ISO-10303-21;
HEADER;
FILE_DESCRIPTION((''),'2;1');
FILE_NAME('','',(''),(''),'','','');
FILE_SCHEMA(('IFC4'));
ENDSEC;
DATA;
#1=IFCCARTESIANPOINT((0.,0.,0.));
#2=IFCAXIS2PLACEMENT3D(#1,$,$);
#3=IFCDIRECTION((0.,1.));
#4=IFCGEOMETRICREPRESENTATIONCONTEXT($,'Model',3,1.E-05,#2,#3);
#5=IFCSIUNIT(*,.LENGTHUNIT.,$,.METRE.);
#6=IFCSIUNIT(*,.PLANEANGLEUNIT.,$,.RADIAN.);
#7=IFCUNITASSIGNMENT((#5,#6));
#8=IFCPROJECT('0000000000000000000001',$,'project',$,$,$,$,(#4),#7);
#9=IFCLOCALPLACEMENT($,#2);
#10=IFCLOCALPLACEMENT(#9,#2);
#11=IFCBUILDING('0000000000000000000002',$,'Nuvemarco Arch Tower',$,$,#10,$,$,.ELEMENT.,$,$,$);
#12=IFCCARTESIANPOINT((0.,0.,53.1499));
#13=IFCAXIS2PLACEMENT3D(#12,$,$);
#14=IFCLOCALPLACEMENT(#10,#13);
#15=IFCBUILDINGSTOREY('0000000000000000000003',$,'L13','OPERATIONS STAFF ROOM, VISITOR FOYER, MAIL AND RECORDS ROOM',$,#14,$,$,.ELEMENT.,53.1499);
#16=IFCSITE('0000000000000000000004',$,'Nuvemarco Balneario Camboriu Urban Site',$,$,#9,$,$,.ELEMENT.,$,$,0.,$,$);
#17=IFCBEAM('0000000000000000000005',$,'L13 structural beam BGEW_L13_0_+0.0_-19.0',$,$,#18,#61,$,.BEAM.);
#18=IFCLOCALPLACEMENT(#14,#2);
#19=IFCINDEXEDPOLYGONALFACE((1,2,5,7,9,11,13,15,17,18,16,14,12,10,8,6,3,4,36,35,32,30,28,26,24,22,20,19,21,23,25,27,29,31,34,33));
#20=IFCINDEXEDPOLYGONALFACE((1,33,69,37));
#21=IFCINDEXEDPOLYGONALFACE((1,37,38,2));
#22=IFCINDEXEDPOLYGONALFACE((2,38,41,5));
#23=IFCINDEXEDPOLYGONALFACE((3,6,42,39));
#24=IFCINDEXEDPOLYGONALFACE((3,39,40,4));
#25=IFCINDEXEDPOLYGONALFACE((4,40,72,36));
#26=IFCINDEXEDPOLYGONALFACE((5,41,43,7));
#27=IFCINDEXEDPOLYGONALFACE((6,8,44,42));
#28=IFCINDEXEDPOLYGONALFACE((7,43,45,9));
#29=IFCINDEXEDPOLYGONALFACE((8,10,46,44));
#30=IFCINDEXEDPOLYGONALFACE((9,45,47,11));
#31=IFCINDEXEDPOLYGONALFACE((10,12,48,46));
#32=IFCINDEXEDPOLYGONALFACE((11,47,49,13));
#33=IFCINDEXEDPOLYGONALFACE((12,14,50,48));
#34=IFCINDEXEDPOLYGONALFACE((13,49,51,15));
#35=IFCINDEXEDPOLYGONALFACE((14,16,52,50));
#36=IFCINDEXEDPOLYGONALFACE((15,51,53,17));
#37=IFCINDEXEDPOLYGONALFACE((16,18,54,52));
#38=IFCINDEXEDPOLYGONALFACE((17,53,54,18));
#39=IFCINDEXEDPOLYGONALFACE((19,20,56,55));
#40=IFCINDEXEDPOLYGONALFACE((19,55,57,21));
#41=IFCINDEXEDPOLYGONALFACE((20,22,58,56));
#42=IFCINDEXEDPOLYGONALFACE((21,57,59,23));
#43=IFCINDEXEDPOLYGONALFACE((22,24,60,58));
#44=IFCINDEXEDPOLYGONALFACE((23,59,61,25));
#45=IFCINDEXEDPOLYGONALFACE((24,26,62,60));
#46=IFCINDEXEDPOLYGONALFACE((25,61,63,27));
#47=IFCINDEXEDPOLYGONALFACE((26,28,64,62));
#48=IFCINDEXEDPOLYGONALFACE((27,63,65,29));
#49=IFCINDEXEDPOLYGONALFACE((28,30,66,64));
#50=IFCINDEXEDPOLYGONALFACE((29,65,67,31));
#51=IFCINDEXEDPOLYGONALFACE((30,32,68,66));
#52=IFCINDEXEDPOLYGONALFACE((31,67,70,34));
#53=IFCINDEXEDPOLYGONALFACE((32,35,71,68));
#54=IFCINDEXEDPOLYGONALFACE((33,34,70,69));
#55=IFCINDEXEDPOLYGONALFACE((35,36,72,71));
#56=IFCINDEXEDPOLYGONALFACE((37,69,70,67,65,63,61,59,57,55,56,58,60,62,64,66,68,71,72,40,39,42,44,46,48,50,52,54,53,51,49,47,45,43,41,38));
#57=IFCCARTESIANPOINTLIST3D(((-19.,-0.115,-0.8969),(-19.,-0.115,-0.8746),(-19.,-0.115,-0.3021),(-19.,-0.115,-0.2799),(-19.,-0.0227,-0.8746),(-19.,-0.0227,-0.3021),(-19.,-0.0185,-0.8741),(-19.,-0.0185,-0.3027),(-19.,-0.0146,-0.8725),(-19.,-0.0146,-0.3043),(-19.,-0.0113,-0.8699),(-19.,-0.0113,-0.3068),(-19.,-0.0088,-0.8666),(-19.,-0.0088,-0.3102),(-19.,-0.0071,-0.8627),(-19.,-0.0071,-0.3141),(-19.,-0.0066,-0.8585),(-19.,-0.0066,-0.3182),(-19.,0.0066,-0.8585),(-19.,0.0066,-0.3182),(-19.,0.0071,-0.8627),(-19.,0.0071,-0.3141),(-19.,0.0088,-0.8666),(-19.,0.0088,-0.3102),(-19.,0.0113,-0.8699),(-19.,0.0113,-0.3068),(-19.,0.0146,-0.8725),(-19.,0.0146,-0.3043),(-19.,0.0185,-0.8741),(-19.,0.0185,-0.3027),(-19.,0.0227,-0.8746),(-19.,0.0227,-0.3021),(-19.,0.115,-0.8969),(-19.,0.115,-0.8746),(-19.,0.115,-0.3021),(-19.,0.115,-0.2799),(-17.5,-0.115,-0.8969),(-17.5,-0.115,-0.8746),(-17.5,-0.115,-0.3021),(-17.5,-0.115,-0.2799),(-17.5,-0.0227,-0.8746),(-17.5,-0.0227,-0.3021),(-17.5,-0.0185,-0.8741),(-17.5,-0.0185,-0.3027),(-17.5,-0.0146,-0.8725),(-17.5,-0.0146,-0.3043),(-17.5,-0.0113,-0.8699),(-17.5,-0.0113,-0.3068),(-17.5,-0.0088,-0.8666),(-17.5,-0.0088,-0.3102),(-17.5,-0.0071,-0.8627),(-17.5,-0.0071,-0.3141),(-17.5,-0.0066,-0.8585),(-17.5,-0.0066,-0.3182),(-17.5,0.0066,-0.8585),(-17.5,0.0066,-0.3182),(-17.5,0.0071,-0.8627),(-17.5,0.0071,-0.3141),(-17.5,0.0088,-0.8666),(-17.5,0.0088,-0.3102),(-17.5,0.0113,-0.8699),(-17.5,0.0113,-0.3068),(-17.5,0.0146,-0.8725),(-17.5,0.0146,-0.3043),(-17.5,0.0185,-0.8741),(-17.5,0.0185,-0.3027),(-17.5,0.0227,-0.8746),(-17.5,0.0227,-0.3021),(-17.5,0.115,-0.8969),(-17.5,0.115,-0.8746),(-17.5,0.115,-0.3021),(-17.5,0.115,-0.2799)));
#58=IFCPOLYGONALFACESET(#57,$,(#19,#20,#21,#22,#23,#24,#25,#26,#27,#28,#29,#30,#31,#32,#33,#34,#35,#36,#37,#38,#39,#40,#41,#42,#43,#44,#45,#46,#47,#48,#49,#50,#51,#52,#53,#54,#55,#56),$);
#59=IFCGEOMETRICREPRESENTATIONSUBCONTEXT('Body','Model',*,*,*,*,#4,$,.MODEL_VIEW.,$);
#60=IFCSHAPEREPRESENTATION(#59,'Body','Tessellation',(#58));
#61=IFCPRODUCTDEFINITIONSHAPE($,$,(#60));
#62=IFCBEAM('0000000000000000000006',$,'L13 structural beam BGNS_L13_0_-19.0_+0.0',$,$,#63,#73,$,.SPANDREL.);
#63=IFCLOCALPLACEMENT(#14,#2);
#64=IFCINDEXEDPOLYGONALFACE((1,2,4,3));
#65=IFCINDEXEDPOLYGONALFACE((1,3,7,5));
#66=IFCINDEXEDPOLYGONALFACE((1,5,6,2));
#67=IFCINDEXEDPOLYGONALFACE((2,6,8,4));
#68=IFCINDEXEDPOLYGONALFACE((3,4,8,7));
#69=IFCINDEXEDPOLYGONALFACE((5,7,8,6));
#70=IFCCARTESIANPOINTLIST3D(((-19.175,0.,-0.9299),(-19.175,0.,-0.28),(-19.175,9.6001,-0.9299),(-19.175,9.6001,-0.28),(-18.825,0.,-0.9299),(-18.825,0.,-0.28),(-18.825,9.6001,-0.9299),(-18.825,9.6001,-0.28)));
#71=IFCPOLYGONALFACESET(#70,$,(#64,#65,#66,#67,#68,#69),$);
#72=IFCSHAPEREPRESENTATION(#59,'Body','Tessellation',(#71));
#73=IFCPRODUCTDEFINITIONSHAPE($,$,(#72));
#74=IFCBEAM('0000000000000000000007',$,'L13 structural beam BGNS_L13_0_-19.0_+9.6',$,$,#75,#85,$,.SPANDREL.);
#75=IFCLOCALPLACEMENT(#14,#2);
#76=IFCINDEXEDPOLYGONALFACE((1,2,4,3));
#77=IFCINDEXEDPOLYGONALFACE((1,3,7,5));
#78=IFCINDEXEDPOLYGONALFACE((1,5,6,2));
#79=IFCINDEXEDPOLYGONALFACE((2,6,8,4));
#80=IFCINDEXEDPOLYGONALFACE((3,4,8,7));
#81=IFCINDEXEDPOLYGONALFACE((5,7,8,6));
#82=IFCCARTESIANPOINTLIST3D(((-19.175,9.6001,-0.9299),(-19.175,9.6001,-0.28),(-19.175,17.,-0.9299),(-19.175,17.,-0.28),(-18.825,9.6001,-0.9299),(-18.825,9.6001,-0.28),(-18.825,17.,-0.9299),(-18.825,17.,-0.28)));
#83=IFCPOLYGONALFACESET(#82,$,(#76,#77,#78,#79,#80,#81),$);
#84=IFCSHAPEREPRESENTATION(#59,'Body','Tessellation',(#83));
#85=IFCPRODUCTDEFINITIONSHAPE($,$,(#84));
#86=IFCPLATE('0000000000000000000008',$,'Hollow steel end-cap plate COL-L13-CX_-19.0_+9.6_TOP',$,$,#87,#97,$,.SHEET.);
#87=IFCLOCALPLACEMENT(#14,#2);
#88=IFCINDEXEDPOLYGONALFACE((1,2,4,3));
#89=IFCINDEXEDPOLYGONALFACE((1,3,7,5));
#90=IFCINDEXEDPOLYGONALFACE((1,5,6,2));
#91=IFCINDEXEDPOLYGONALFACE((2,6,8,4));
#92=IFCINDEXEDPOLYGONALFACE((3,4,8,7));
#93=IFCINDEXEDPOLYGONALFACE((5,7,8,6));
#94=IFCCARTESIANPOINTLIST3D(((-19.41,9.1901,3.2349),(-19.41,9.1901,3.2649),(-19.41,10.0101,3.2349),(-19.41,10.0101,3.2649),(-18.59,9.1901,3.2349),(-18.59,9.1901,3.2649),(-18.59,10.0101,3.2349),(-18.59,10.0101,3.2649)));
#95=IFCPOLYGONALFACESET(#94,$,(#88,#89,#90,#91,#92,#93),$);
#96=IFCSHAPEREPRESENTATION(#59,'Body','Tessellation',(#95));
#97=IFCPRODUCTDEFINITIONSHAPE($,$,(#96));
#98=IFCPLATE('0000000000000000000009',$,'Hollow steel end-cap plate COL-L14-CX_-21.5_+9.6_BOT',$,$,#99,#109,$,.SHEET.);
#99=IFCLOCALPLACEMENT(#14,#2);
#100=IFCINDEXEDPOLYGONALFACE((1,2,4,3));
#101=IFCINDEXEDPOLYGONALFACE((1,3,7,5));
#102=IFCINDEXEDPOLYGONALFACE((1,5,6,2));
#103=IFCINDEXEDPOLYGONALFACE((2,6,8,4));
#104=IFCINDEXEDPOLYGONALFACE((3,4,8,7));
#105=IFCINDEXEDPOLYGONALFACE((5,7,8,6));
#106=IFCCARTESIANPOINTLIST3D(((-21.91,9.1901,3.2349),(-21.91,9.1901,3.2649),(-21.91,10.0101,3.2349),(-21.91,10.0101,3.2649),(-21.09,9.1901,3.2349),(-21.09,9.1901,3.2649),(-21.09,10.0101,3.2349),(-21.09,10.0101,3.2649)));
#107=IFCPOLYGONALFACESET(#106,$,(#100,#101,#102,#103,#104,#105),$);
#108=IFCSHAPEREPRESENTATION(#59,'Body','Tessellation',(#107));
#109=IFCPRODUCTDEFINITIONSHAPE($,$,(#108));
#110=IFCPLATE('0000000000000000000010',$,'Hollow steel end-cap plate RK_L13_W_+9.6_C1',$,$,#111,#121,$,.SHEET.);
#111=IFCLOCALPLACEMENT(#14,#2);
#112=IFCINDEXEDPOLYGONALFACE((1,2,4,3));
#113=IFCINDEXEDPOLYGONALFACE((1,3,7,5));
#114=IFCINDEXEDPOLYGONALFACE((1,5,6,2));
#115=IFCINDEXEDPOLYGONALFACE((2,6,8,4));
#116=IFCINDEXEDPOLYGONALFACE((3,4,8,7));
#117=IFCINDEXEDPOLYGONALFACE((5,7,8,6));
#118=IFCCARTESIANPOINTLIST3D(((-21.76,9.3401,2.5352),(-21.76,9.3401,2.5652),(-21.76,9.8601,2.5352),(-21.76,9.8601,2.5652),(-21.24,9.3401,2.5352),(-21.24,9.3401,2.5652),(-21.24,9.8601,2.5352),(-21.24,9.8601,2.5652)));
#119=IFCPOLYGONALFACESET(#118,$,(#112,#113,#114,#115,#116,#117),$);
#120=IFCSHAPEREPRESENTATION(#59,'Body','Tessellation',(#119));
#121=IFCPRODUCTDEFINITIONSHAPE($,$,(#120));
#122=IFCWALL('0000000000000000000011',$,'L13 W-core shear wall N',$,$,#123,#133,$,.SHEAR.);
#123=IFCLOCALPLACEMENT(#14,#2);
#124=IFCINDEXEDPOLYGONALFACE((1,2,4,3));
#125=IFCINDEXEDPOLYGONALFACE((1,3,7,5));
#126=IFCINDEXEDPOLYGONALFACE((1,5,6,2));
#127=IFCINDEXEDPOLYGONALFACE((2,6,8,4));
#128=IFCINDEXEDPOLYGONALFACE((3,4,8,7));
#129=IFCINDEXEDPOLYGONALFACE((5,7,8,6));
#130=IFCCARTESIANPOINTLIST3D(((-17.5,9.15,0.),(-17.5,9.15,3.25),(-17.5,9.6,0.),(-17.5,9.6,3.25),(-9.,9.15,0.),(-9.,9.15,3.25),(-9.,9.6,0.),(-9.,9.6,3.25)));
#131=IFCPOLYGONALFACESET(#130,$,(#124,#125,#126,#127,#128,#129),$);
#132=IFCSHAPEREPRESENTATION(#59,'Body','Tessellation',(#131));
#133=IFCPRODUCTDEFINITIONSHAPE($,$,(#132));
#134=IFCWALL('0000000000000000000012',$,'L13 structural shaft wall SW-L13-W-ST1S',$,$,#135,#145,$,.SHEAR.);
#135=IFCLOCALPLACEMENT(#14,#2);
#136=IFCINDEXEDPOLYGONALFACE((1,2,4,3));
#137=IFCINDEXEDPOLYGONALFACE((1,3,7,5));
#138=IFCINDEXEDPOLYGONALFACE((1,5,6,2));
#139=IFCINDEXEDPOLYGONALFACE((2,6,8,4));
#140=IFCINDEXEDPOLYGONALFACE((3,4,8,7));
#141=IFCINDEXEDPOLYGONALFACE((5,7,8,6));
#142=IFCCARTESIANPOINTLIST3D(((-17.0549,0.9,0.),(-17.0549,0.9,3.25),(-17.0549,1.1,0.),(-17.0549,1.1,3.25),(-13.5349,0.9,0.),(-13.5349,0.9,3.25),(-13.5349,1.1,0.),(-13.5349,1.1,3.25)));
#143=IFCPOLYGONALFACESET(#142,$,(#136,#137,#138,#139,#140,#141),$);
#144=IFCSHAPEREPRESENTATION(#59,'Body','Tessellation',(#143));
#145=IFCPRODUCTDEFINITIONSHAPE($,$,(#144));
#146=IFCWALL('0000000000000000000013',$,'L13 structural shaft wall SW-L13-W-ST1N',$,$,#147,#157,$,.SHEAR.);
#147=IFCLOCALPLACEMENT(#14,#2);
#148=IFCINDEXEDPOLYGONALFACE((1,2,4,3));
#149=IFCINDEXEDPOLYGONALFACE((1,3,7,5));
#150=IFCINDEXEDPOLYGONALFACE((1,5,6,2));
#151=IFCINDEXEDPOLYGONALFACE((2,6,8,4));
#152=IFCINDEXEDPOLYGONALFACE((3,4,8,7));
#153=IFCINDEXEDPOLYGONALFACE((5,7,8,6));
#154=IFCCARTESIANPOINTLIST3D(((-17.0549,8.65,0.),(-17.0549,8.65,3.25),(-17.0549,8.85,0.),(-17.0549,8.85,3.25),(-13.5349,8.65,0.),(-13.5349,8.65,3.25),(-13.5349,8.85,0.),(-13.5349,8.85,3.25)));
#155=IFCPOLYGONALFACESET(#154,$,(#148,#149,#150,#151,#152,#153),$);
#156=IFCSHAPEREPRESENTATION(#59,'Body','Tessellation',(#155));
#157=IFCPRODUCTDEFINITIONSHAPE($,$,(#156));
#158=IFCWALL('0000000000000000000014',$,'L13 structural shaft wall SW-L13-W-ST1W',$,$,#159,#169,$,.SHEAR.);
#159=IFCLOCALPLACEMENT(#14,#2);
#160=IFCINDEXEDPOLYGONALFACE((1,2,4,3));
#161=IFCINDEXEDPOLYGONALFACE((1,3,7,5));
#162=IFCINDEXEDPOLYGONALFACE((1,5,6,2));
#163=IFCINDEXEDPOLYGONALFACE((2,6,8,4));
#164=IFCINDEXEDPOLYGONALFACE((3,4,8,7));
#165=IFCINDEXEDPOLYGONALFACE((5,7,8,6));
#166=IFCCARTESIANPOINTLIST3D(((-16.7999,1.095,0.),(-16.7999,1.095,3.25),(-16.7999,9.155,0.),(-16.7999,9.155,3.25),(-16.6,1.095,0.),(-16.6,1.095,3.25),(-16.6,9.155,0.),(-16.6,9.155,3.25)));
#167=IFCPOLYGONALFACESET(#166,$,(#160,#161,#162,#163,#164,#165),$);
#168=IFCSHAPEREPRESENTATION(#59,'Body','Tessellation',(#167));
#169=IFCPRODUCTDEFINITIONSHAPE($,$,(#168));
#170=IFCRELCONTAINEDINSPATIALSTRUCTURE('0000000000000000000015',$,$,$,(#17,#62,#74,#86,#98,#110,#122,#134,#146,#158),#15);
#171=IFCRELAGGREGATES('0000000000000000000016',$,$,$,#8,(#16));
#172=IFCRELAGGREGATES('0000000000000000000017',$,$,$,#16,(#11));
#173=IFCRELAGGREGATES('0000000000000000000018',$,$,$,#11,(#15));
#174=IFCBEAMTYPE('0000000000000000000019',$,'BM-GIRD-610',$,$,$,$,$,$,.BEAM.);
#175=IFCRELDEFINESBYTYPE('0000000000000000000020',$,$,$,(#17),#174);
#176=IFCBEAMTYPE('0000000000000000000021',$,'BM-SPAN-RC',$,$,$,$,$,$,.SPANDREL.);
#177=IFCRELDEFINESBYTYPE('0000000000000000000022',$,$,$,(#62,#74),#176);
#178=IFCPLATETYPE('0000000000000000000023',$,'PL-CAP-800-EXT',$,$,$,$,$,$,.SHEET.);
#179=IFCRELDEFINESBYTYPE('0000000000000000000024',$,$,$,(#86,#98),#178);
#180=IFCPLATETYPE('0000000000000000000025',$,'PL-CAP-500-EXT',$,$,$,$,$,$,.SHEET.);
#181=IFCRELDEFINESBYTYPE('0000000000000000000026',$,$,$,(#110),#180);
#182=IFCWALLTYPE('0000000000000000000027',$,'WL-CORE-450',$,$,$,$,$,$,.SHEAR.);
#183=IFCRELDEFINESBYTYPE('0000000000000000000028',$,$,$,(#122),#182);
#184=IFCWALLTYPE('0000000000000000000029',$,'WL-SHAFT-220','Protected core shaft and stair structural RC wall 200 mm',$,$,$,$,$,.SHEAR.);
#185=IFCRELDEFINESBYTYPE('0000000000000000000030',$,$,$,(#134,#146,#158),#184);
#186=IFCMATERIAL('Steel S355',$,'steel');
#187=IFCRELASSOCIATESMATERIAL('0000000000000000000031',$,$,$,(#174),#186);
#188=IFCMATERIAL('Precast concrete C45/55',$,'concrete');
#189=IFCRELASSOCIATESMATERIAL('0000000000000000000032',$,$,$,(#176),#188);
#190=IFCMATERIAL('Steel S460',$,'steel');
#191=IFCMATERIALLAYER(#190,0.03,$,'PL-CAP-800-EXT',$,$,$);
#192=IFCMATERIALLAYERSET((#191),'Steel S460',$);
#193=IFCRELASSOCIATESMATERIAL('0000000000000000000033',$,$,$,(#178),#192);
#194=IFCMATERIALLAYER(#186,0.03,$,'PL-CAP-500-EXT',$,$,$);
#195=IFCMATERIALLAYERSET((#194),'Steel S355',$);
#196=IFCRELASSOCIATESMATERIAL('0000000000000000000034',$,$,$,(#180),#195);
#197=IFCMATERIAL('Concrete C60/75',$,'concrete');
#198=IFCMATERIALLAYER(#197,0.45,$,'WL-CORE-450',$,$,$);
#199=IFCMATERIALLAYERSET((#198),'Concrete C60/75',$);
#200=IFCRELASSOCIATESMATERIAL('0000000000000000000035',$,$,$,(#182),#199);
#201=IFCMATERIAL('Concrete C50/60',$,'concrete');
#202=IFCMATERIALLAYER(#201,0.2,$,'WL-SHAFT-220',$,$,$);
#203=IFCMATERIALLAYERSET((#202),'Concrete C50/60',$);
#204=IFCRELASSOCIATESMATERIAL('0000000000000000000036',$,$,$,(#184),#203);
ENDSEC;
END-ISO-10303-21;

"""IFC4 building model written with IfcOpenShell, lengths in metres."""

from ifc_helpers import new_model, si_unit, direction, frame, frame_2d, origin, origin_2d, place, context, subcontext, project, spatial, rectangle, i_section, extrude, source, transform, mapped, material, layer, layer_set, material_profile, profile_set, type_object, type_shapes, element, save


model = new_model("IFC4")

# Units and contexts
model_context = context("Model", 3, precision=1e-05, world=origin(), true_north=direction((0.0, 1.0)))
body_context = subcontext(model_context, "Body", "Model", "MODEL_VIEW")
ifc_project = project(units=[si_unit("LENGTHUNIT", "METRE"), si_unit("PLANEANGLEUNIT", "RADIAN")], contexts=[model_context])

# Site, building, storey
site_placement = place(None, origin())
site = spatial("IfcSite", under=ifc_project, at=site_placement, Name="Nuvemarco Balneario Camboriu Urban Site", CompositionType="ELEMENT", RefElevation=0.0)
building_placement = place(site_placement, origin())
building = spatial("IfcBuilding", under=site, at=building_placement, Name="Nuvemarco Arch Tower", CompositionType="ELEMENT")
storey_placement = place(building_placement, frame((0.0, 0.0, 53.1499)))
storey = spatial("IfcBuildingStorey", under=building, at=storey_placement, Name="L13", Description="OPERATIONS STAFF ROOM, VISITOR FOYER, MAIL AND RECORDS ROOM", CompositionType="ELEMENT", Elevation=53.1499)

# Shared definitions
ifc_material_1 = material(Name="Concrete C60/75", Category="concrete")
ifc_material_2 = material(Name="Steel S460", Category="steel")

# Beams
ifc_material_3 = material(Name="Steel S355", Category="steel")
ifc_material_profile_1 = material_profile(ifc_material_3, i_section(OverallWidth=0.23, OverallDepth=0.6169, WebThickness=0.0132, FlangeThickness=0.0222, FilletRadius=0.0161, at=origin_2d()), Name="W610x140")
ifc_profile_set_1 = profile_set([ifc_material_profile_1], Name="Steel S355")
beam_type_1 = type_object("IfcBeamType", Name="BM-GIRD-610", PredefinedType="BEAM", material=ifc_profile_set_1)
beam_1_placement = place(storey_placement, frame((-19.0, 0.0, -0.5884), z_axis=(1.0, 0.0, 0.0), x_axis=(0.0, 1.0, 0.0)))
element("IfcBeam", 1, at=beam_1_placement, inside=storey, type_object=beam_type_1, Name="L13 structural beam BGEW_L13_0_+0.0_-19.0", PredefinedType="BEAM", context=body_context, shape_type="SweptSolid", body=[
    extrude(i_section(OverallWidth=0.23, OverallDepth=0.6169, WebThickness=0.0132, FlangeThickness=0.0222, FilletRadius=0.0161, at=origin_2d()), origin(), (0.0, 0.0, 1.0), 1.5),
])
ifc_material_4 = material(Name="Precast concrete C45/55", Category="concrete")
ifc_material_profile_2 = material_profile(ifc_material_4, rectangle(XDim=0.3501, YDim=0.6499, at=origin_2d()), Name="PC-SP-350x650")
ifc_profile_set_2 = profile_set([ifc_material_profile_2], Name="Precast concrete C45/55")
beam_type_2 = type_object("IfcBeamType", Name="BM-SPAN-RC", PredefinedType="SPANDREL", material=ifc_profile_set_2)
beam_2_placement = place(storey_placement, frame((-19.0, 0.0, -0.605), z_axis=(0.0, 1.0, 0.0), x_axis=(-1.0, 0.0, 0.0)))
element("IfcBeam", 2, at=beam_2_placement, inside=storey, type_object=beam_type_2, Name="L13 structural beam BGNS_L13_0_-19.0_+0.0", PredefinedType="SPANDREL", context=body_context, shape_type="SweptSolid", body=[
    extrude(rectangle(XDim=0.3501, YDim=0.6499, at=origin_2d()), origin(), (0.0, 0.0, 1.0), 9.6001),
])
beam_3_placement = place(storey_placement, frame((-19.0, 9.6001, -0.605), z_axis=(0.0, 1.0, 0.0), x_axis=(-1.0, 0.0, 0.0)))
element("IfcBeam", 3, at=beam_3_placement, inside=storey, type_object=beam_type_2, Name="L13 structural beam BGNS_L13_0_-19.0_+9.6", PredefinedType="SPANDREL", context=body_context, shape_type="SweptSolid", body=[
    extrude(rectangle(XDim=0.3501, YDim=0.6499, at=origin_2d()), origin(), (0.0, 0.0, 1.0), 7.3999),
])

# Plates
ifc_layer_1 = layer(ifc_material_2, 0.03, Name="PL-CAP-800-EXT")
ifc_layer_set_1 = layer_set([ifc_layer_1], Name="Steel S460")
plate_type_1 = type_object("IfcPlateType", Name="PL-CAP-800-EXT", PredefinedType="SHEET", material=ifc_layer_set_1)
shared_shape_1 = source(origin(), body_context, "Body", "SweptSolid", [
    extrude(rectangle(XDim=0.8201, YDim=0.8201, at=origin_2d()), origin(), (0.0, 0.0, 1.0), 0.03),
])
type_shapes(plate_type_1, [shared_shape_1])
for number, where, z_axis, x_axis, name in (
    (4, (-19.0, 9.6001, 3.2349), (0.0, 0.0, 1.0), (1.0, 0.0, 0.0), "Hollow steel end-cap plate COL-L13-CX_-19.0_+9.6_TOP"),
    (5, (-21.5, 9.6001, 3.2349), (0.0, 0.0, 1.0), (1.0, 0.0, 0.0), "Hollow steel end-cap plate COL-L14-CX_-21.5_+9.6_BOT"),
):
    element("IfcPlate", number, at=place(storey_placement, frame(where, z_axis=z_axis, x_axis=x_axis)), inside=storey, type_object=plate_type_1, Name=name, PredefinedType="SHEET", context=body_context, shape_type="MappedRepresentation", body=[
        mapped(shared_shape_1, transform((0.0, 0.0, 0.0), scale=1.0)),
    ])
ifc_layer_2 = layer(ifc_material_3, 0.03, Name="PL-CAP-500-EXT")
ifc_layer_set_2 = layer_set([ifc_layer_2], Name="Steel S355")
plate_type_2 = type_object("IfcPlateType", Name="PL-CAP-500-EXT", PredefinedType="SHEET", material=ifc_layer_set_2)
shared_shape_2 = source(origin(), body_context, "Body", "SweptSolid", [
    extrude(rectangle(XDim=0.52, YDim=0.52, at=origin_2d()), origin(), (0.0, 0.0, 1.0), 0.03),
])
type_shapes(plate_type_2, [shared_shape_2])
plate_placement = place(storey_placement, frame((-21.5, 9.6001, 2.5352), z_axis=(0.0, 0.0, 1.0), x_axis=(1.0, 0.0, 0.0)))
element("IfcPlate", 6, at=plate_placement, inside=storey, type_object=plate_type_2, Name="Hollow steel end-cap plate RK_L13_W_+9.6_C1", PredefinedType="SHEET", context=body_context, shape_type="MappedRepresentation", body=[
    mapped(shared_shape_2, transform((0.0, 0.0, 0.0), scale=1.0)),
])

# Walls
ifc_layer_3 = layer(ifc_material_1, 0.45, Name="WL-CORE-450")
ifc_layer_set_3 = layer_set([ifc_layer_3], Name="Concrete C60/75")
wall_type_1 = type_object("IfcWallType", Name="WL-CORE-450", PredefinedType="SHEAR", material=ifc_layer_set_3)
wall_1_placement = place(storey_placement, frame((-17.5, 9.375, 0.0), z_axis=(0.0, 0.0, 1.0), x_axis=(1.0, 0.0, 0.0)))
element("IfcWall", 7, at=wall_1_placement, inside=storey, type_object=wall_type_1, Name="L13 W-core shear wall N", PredefinedType="SHEAR", context=body_context, shape_type="SweptSolid", body=[
    extrude(rectangle(XDim=8.5, YDim=0.45, at=frame_2d((4.25, 0.0))), origin(), (0.0, 0.0, 1.0), 3.25),
])
ifc_material_5 = material(Name="Concrete C50/60", Category="concrete")
ifc_layer_4 = layer(ifc_material_5, 0.2, Name="WL-SHAFT-220")
ifc_layer_set_4 = layer_set([ifc_layer_4], Name="Concrete C50/60")
wall_type_2 = type_object("IfcWallType", Name="WL-SHAFT-220", Description="Protected core shaft and stair structural RC wall 200 mm", PredefinedType="SHEAR", material=ifc_layer_set_4)
for number, where, z_axis, x_axis, name in (
    (8, (-17.0549, 1.0, 0.0), (0.0, 0.0, 1.0), (1.0, 0.0, 0.0), "L13 structural shaft wall SW-L13-W-ST1S"),
    (9, (-17.0549, 8.75, 0.0), (0.0, 0.0, 1.0), (1.0, 0.0, 0.0), "L13 structural shaft wall SW-L13-W-ST1N"),
):
    element("IfcWall", number, at=place(storey_placement, frame(where, z_axis=z_axis, x_axis=x_axis)), inside=storey, type_object=wall_type_2, Name=name, PredefinedType="SHEAR", context=body_context, shape_type="SweptSolid", body=[
        extrude(rectangle(XDim=3.52, YDim=0.2, at=frame_2d((1.76, 0.0))), origin(), (0.0, 0.0, 1.0), 3.25),
    ])
wall_2_placement = place(storey_placement, frame((-16.7, 1.095, 0.0), z_axis=(0.0, 0.0, 1.0), x_axis=(0.0, 1.0, 0.0)))
element("IfcWall", 10, at=wall_2_placement, inside=storey, type_object=wall_type_2, Name="L13 structural shaft wall SW-L13-W-ST1W", PredefinedType="SHEAR", context=body_context, shape_type="SweptSolid", body=[
    extrude(rectangle(XDim=8.0601, YDim=0.2, at=frame_2d((4.03, 0.0))), origin(), (0.0, 0.0, 1.0), 3.25),
])

save(model, "model.ifc")
